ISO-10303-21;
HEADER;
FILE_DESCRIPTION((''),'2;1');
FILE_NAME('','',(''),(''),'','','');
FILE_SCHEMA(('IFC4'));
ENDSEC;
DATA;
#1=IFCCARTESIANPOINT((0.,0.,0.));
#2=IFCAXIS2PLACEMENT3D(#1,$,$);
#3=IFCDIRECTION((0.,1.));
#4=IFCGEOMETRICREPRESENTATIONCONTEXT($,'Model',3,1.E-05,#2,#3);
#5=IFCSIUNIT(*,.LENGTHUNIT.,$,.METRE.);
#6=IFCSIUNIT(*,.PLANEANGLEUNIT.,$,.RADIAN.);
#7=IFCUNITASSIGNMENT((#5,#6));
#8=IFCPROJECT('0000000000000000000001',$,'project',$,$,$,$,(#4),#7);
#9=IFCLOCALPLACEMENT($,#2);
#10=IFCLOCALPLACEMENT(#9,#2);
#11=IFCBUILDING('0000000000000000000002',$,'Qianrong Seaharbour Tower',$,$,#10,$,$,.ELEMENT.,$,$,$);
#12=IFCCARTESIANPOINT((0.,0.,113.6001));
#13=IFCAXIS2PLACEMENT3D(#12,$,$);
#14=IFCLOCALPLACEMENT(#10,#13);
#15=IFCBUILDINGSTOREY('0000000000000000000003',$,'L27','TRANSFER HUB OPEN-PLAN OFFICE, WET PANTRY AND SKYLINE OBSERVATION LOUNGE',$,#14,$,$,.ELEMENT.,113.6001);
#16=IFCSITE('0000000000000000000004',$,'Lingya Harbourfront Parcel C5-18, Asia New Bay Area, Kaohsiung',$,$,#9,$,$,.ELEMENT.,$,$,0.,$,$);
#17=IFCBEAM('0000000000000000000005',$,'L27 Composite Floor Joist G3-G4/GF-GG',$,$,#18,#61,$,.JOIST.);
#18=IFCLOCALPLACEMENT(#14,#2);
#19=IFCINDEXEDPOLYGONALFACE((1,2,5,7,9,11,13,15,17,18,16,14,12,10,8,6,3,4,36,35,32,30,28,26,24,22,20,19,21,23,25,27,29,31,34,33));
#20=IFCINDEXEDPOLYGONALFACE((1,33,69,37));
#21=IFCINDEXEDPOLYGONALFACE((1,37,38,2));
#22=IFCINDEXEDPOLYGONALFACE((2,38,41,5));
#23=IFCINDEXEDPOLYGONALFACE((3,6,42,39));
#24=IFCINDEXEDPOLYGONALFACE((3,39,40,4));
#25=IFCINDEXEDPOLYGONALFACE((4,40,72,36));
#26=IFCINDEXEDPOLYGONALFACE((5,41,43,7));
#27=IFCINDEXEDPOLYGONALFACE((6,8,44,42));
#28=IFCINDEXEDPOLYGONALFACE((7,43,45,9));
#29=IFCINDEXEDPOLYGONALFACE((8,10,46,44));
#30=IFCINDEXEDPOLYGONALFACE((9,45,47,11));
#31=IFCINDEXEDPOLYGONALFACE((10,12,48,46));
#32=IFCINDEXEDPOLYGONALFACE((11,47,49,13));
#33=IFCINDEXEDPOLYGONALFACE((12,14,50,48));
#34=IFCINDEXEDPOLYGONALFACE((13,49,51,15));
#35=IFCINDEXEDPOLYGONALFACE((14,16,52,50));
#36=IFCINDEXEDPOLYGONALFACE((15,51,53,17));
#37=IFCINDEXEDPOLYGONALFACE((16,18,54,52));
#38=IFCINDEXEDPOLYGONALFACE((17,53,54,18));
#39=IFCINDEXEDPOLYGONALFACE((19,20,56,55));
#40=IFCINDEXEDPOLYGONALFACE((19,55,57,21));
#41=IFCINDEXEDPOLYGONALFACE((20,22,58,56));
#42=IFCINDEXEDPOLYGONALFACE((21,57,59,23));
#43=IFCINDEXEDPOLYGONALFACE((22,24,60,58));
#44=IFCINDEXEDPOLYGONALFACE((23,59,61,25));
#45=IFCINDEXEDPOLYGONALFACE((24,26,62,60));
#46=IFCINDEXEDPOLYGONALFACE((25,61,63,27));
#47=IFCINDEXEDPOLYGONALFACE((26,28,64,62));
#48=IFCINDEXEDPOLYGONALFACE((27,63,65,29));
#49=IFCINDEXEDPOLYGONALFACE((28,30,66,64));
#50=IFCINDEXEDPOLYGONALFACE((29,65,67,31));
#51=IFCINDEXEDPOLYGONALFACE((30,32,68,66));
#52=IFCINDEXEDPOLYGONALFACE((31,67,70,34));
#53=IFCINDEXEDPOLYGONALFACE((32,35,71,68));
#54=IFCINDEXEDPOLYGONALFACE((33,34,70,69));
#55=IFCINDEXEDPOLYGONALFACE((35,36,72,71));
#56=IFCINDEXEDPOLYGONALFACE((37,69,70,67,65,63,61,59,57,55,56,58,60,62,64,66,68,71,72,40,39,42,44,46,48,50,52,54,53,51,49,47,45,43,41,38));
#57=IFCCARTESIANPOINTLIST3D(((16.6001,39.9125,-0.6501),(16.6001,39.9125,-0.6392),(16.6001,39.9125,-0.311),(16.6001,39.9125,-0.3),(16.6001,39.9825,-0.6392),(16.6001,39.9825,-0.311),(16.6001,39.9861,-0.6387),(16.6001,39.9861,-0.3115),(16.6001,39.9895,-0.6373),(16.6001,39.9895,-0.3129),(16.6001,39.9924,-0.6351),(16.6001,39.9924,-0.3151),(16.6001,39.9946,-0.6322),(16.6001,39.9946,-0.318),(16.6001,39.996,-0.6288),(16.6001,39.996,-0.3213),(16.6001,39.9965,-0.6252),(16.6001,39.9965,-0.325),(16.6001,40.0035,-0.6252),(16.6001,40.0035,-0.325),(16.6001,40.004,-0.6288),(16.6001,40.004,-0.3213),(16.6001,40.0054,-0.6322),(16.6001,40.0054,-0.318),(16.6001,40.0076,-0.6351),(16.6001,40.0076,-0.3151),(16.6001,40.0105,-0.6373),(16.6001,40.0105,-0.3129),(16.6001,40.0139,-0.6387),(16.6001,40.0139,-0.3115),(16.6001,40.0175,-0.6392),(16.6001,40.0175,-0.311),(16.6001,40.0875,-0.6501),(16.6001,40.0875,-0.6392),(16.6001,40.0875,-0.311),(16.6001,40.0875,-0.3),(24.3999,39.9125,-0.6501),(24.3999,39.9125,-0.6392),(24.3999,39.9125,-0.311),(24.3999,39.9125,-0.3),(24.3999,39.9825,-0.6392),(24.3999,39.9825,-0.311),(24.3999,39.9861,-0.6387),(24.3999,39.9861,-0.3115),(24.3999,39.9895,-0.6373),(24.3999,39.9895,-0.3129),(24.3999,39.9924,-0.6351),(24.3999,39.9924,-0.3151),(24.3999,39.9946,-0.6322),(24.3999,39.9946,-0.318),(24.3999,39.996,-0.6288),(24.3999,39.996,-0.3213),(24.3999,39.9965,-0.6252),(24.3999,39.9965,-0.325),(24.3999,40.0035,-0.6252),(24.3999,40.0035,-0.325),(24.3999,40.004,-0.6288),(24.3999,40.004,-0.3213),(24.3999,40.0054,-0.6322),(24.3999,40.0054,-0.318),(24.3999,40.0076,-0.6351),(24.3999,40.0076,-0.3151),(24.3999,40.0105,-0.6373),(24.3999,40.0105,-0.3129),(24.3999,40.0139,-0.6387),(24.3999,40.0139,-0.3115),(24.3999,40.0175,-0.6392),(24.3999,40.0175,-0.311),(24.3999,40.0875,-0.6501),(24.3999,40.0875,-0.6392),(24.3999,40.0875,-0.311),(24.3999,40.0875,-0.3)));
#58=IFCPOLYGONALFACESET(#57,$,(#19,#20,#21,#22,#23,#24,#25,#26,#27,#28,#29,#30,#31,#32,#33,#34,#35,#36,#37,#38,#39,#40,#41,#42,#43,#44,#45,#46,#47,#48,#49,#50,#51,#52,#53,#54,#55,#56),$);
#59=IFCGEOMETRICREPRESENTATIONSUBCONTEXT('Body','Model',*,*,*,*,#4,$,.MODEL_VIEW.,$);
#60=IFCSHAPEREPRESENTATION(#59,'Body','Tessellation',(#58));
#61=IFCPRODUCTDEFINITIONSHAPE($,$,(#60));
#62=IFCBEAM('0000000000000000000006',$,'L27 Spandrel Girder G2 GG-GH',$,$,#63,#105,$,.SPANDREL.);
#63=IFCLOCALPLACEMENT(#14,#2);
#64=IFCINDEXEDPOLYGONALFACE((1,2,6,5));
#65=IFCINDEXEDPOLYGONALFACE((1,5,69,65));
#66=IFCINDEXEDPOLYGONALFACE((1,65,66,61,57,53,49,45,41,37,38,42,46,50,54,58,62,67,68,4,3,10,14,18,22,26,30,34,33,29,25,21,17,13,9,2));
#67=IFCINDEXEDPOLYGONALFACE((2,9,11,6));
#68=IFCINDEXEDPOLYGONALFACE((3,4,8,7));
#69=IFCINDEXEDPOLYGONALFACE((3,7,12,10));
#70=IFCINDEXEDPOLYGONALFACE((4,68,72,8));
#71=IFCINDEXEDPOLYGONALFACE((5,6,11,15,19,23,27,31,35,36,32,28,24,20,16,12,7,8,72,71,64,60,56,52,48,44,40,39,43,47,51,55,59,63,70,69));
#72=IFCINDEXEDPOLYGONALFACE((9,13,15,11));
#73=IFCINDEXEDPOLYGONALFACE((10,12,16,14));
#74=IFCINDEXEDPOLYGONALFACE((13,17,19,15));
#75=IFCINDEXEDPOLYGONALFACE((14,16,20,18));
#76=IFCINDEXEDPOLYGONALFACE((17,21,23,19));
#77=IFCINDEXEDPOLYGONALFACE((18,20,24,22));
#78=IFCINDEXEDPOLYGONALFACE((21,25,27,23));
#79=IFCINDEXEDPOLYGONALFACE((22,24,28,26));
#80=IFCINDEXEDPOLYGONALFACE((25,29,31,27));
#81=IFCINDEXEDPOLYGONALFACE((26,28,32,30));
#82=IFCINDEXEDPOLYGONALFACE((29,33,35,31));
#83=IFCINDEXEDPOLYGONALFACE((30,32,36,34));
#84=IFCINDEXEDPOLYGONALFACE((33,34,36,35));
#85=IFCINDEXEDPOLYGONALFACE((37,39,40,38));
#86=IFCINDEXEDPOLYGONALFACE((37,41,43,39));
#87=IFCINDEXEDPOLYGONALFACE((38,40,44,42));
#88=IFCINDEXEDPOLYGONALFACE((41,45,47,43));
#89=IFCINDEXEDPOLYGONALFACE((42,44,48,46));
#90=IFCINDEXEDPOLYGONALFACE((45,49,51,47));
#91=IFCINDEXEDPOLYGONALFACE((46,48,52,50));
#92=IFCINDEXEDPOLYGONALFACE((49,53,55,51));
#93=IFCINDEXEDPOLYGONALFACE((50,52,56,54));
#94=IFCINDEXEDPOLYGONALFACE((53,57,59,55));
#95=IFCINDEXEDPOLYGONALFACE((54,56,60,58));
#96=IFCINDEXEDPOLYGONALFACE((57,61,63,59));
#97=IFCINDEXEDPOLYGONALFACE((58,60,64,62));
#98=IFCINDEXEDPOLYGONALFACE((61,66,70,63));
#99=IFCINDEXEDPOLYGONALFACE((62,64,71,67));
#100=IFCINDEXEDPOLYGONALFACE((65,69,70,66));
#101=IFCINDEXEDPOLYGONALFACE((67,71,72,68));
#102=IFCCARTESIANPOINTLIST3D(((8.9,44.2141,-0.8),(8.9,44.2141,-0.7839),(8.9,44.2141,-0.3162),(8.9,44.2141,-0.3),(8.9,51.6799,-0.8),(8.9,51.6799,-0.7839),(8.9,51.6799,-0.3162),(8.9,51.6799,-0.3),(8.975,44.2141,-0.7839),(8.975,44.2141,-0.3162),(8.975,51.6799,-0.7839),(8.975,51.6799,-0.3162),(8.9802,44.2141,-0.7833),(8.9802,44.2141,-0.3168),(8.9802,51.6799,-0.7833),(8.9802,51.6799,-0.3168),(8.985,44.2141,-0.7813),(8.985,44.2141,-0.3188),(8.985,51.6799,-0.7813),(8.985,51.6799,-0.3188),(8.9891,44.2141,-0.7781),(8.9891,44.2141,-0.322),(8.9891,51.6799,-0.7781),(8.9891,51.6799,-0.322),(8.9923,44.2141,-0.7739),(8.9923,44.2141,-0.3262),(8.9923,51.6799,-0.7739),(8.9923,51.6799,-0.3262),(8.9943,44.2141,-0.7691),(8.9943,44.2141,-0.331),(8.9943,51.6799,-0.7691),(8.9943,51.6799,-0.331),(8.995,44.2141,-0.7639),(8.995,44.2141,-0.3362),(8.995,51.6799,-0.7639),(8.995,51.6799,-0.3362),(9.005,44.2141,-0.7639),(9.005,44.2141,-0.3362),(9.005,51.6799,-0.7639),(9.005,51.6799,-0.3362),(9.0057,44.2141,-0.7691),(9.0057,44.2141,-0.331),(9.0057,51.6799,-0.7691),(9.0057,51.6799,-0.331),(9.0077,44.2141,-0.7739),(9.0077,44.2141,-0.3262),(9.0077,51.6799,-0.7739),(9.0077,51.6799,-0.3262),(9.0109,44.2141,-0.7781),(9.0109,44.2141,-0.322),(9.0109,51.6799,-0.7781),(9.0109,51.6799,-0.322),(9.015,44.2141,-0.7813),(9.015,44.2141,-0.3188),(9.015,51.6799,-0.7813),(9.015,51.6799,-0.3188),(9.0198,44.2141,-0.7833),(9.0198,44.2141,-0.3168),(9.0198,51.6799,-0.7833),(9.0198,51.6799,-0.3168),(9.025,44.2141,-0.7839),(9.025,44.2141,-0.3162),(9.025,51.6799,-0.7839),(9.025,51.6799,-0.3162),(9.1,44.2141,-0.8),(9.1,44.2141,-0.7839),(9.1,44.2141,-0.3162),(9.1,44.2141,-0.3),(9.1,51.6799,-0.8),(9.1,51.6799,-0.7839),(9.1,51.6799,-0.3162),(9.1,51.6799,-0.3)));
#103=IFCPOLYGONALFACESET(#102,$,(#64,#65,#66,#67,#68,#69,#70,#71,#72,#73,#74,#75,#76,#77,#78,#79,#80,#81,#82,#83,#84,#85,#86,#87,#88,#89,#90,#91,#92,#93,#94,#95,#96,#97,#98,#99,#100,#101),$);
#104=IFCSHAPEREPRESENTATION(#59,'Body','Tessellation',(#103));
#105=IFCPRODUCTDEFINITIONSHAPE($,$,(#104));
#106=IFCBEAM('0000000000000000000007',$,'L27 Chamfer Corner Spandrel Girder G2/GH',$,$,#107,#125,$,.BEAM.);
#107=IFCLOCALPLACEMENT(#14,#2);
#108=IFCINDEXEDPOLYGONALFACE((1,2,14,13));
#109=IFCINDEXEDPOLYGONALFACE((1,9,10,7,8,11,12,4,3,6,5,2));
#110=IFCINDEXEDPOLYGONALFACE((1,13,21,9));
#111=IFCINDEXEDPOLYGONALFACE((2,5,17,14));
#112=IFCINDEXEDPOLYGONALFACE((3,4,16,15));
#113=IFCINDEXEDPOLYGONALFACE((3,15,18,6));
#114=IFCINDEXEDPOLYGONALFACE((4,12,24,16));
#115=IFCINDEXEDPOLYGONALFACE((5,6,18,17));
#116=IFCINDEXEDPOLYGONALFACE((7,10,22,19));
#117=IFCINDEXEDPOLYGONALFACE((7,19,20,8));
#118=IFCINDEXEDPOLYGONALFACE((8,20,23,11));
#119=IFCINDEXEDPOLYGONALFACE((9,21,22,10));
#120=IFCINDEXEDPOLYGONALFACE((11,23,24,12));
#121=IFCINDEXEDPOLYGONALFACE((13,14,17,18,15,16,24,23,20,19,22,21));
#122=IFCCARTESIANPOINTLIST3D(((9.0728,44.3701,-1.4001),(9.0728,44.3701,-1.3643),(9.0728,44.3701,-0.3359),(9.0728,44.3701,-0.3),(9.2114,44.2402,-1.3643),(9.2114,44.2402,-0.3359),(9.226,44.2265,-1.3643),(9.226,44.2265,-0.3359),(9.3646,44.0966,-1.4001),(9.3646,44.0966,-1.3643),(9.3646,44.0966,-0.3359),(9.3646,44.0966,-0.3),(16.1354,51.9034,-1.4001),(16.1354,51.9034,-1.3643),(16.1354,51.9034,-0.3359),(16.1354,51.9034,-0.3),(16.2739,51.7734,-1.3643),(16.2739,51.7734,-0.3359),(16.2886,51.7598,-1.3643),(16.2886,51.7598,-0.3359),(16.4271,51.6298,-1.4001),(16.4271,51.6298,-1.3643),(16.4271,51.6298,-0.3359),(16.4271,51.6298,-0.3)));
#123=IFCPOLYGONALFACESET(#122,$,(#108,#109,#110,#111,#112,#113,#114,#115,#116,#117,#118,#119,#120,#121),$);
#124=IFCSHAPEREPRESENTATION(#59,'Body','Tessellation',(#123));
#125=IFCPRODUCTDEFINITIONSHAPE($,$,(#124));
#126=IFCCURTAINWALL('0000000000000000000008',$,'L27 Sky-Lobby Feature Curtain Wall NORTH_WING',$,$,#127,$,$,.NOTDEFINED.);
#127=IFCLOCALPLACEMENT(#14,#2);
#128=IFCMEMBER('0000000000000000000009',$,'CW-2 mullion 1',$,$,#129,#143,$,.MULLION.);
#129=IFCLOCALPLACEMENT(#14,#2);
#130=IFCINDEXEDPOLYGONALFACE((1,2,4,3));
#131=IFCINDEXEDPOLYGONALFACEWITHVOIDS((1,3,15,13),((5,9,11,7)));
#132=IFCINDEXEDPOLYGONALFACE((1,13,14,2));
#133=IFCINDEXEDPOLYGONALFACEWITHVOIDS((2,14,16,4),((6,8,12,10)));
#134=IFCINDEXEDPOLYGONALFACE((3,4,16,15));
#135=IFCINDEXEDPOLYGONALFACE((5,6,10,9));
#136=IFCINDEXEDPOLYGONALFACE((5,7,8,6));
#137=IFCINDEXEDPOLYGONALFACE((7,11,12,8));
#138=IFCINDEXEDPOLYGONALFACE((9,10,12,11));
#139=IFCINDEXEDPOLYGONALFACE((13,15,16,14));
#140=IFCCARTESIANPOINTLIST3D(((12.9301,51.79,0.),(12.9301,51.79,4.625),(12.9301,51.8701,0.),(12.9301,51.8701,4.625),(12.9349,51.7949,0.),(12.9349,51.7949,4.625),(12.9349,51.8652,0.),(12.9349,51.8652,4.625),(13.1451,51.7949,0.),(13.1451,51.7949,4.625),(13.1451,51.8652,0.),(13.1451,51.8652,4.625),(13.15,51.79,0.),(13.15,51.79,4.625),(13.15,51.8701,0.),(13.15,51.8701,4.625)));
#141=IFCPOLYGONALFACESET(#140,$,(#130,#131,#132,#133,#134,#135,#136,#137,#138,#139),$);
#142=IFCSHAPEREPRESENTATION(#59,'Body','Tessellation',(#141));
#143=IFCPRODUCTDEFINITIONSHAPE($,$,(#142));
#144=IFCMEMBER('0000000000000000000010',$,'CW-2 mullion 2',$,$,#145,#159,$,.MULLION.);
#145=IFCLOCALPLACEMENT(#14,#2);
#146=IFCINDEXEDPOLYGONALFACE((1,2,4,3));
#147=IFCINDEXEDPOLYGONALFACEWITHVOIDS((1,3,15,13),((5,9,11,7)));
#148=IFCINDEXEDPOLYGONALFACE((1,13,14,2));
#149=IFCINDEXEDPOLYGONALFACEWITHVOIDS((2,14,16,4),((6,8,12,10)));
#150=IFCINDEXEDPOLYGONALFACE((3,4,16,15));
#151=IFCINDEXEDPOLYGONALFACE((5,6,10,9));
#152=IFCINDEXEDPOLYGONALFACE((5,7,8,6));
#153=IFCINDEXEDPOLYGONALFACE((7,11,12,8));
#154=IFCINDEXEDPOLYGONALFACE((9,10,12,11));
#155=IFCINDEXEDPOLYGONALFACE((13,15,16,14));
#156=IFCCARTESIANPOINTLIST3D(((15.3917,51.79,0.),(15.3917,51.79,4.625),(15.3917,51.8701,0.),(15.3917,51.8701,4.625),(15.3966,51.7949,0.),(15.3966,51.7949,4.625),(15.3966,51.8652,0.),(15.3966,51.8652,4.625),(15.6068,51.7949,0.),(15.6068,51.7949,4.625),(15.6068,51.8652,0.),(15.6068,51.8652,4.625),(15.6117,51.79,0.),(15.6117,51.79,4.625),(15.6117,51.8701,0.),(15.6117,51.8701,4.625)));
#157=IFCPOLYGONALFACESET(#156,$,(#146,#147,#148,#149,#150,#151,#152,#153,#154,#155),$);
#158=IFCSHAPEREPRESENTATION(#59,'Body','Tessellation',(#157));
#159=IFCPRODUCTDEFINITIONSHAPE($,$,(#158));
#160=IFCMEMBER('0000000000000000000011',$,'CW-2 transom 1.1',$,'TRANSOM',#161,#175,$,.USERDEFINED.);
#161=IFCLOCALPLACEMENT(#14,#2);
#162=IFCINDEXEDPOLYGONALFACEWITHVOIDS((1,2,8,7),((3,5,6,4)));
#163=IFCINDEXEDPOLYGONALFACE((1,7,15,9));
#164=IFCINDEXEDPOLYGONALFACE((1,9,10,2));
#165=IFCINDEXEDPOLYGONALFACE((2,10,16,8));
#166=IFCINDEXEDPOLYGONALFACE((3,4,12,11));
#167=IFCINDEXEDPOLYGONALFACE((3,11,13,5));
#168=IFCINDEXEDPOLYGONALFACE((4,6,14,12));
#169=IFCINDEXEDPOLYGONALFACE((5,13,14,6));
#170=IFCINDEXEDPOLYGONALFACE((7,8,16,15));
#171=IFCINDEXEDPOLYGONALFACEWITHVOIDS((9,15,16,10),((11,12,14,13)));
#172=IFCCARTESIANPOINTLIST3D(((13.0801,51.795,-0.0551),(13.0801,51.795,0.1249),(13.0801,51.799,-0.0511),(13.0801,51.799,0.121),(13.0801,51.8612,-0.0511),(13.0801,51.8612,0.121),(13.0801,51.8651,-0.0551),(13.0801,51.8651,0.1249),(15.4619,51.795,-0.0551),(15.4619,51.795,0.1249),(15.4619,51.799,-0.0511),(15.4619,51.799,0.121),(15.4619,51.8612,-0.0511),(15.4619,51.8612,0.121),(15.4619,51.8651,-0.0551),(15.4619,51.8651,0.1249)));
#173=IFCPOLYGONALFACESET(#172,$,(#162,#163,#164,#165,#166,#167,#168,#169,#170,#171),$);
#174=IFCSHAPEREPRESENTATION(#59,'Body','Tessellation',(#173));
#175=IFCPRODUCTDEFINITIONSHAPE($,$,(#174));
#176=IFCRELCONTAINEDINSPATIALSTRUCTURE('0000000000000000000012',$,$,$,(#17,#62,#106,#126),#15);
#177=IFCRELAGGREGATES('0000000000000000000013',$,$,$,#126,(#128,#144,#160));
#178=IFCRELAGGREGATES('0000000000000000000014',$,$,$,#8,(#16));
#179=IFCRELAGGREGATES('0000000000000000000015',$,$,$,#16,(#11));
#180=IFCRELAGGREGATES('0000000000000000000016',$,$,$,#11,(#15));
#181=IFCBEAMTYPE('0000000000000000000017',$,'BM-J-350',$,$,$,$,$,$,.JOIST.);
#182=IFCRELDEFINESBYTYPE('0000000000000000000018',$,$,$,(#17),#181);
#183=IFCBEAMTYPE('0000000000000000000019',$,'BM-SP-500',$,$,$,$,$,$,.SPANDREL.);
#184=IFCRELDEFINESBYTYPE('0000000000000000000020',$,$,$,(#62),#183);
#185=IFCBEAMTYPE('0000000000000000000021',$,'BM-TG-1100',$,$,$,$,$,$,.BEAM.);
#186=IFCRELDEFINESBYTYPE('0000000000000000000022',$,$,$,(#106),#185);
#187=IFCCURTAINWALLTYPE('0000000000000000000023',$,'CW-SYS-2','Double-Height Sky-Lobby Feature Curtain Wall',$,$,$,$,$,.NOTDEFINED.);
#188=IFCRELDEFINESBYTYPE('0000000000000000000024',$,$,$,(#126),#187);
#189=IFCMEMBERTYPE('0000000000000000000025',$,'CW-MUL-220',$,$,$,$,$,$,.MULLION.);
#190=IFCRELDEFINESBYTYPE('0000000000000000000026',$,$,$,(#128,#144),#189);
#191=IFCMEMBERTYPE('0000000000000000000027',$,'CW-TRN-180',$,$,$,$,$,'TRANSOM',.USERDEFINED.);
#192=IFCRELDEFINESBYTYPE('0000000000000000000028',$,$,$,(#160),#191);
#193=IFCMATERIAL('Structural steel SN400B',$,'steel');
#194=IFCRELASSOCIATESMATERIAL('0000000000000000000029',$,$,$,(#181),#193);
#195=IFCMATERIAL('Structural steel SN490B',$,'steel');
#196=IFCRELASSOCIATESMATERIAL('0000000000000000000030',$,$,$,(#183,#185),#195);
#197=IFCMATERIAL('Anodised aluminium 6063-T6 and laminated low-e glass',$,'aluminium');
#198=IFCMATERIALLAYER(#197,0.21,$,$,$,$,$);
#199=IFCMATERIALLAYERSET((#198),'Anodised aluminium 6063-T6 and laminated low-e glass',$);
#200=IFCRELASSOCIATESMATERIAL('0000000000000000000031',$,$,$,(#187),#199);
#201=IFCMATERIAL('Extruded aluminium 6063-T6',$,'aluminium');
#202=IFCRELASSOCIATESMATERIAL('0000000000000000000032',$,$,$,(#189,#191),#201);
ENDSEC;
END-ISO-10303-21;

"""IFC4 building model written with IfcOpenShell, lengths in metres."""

from ifc_helpers import new_model, si_unit, direction, frame, origin, origin_2d, place, context, subcontext, project, spatial, hollow_rectangle, i_section, extrude, material, layer, layer_set, material_profile, profile_set, type_object, element, aggregate, save


model = new_model("IFC4")

# Units and contexts
model_context = context("Model", 3, precision=1e-05, world=origin(), true_north=direction((0.0, 1.0)))
body_context = subcontext(model_context, "Body", "Model", "MODEL_VIEW")
ifc_project = project(units=[si_unit("LENGTHUNIT", "METRE"), si_unit("PLANEANGLEUNIT", "RADIAN")], contexts=[model_context])

# Site, building, storey
site_placement = place(None, origin())
site = spatial("IfcSite", under=ifc_project, at=site_placement, Name="Lingya Harbourfront Parcel C5-18, Asia New Bay Area, Kaohsiung", CompositionType="ELEMENT", RefElevation=0.0)
building_placement = place(site_placement, origin())
building = spatial("IfcBuilding", under=site, at=building_placement, Name="Qianrong Seaharbour Tower", CompositionType="ELEMENT")
storey_placement = place(building_placement, frame((0.0, 0.0, 113.6001)))
storey = spatial("IfcBuildingStorey", under=building, at=storey_placement, Name="L27", Description="TRANSFER HUB OPEN-PLAN OFFICE, WET PANTRY AND SKYLINE OBSERVATION LOUNGE", CompositionType="ELEMENT", Elevation=113.6001)

# Shared definitions
ifc_material_1 = material(Name="Structural steel SN490B", Category="steel")

# Beams
ifc_material_2 = material(Name="Structural steel SN400B", Category="steel")
ifc_material_profile_1 = material_profile(ifc_material_2, i_section(OverallWidth=0.175, OverallDepth=0.3501, WebThickness=0.0071, FlangeThickness=0.011, FilletRadius=0.0139, at=origin_2d()), Name="H350x175x7x11")
ifc_profile_set_1 = profile_set([ifc_material_profile_1], Name="Structural steel SN400B")
beam_type_1 = type_object("IfcBeamType", Name="BM-J-350", PredefinedType="JOIST", material=ifc_profile_set_1)
beam_1_placement = place(storey_placement, frame((16.6001, 40.0, -0.4751), z_axis=(1.0, 0.0, 0.0), x_axis=(0.0, 1.0, 0.0)))
element("IfcBeam", 1, at=beam_1_placement, inside=storey, type_object=beam_type_1, Name="L27 Composite Floor Joist G3-G4/GF-GG", PredefinedType="JOIST", context=body_context, shape_type="SweptSolid", body=[
    extrude(i_section(OverallWidth=0.175, OverallDepth=0.3501, WebThickness=0.0071, FlangeThickness=0.011, FilletRadius=0.0139, at=origin_2d()), origin(), (0.0, 0.0, 1.0), 7.7998),
])
ifc_material_profile_2 = material_profile(ifc_material_1, i_section(OverallWidth=0.2, OverallDepth=0.5, WebThickness=0.01, FlangeThickness=0.0161, FilletRadius=0.02, at=origin_2d()), Name="H500x200x10x16")
ifc_profile_set_2 = profile_set([ifc_material_profile_2], Name="Structural steel SN490B")
beam_type_2 = type_object("IfcBeamType", Name="BM-SP-500", PredefinedType="SPANDREL", material=ifc_profile_set_2)
beam_2_placement = place(storey_placement, frame((9.0, 44.2141, -0.55), z_axis=(0.0, 1.0, 0.0), x_axis=(-1.0, 0.0, 0.0)))
element("IfcBeam", 2, at=beam_2_placement, inside=storey, type_object=beam_type_2, Name="L27 Spandrel Girder G2 GG-GH", PredefinedType="SPANDREL", context=body_context, shape_type="SweptSolid", body=[
    extrude(i_section(OverallWidth=0.2, OverallDepth=0.5, WebThickness=0.01, FlangeThickness=0.0161, FilletRadius=0.02, at=origin_2d()), origin(), (0.0, 0.0, 1.0), 7.4658),
])
ifc_material_profile_3 = material_profile(ifc_material_1, i_section(OverallWidth=0.3999, OverallDepth=1.1001, WebThickness=0.02, FlangeThickness=0.0359, at=origin_2d()), Name="BH1100x400x20x36")
ifc_profile_set_3 = profile_set([ifc_material_profile_3], Name="Structural steel SN490B")
beam_type_3 = type_object("IfcBeamType", Name="BM-TG-1100", PredefinedType="BEAM", material=ifc_profile_set_3)
beam_3_placement = place(storey_placement, frame((16.2812, 51.7666, -0.8501), z_axis=(-0.683947, -0.729531, 0.0), x_axis=(0.729531, -0.683947, 0.0)))
element("IfcBeam", 3, at=beam_3_placement, inside=storey, type_object=beam_type_3, Name="L27 Chamfer Corner Spandrel Girder G2/GH", PredefinedType="BEAM", context=body_context, shape_type="SweptSolid", body=[
    extrude(i_section(OverallWidth=0.3999, OverallDepth=1.1001, WebThickness=0.02, FlangeThickness=0.0359, at=origin_2d()), origin(), (0.0, 0.0, 1.0), 10.3262),
])

# Curtain wall, members
ifc_material_3 = material(Name="Anodised aluminium 6063-T6 and laminated low-e glass", Category="aluminium")
ifc_layer_1 = layer(ifc_material_3, 0.21)
ifc_layer_set_1 = layer_set([ifc_layer_1], Name="Anodised aluminium 6063-T6 and laminated low-e glass")
curtain_wall_type = type_object("IfcCurtainWallType", Name="CW-SYS-2", Description="Double-Height Sky-Lobby Feature Curtain Wall", PredefinedType="NOTDEFINED", material=ifc_layer_set_1)
curtain_wall_placement = place(storey_placement, origin())
curtain_wall = element("IfcCurtainWall", 4, at=curtain_wall_placement, inside=storey, type_object=curtain_wall_type, Name="L27 Sky-Lobby Feature Curtain Wall NORTH_WING", PredefinedType="NOTDEFINED")
ifc_material_4 = material(Name="Extruded aluminium 6063-T6", Category="aluminium")
ifc_material_profile_4 = material_profile(ifc_material_4, hollow_rectangle(XDim=0.0801, YDim=0.22, WallThickness=0.0049, at=origin_2d()), Name="ALU-MUL-220x80x5")
ifc_profile_set_4 = profile_set([ifc_material_profile_4], Name="Extruded aluminium 6063-T6")
member_type_1 = type_object("IfcMemberType", Name="CW-MUL-220", PredefinedType="MULLION", material=ifc_profile_set_4)
member_1_placement = place(storey_placement, frame((13.04, 51.8301, 0.0), z_axis=(0.0, 0.0, 1.0), x_axis=(0.0, 1.0, 0.0)))
member_1 = element("IfcMember", 5, at=member_1_placement, type_object=member_type_1, Name="CW-2 mullion 1", PredefinedType="MULLION", context=body_context, shape_type="SweptSolid", body=[
    extrude(hollow_rectangle(XDim=0.0801, YDim=0.22, WallThickness=0.0049, at=origin_2d()), origin(), (0.0, 0.0, 1.0), 4.625),
])
member_2_placement = place(storey_placement, frame((15.5017, 51.8301, 0.0), z_axis=(0.0, 0.0, 1.0), x_axis=(0.0, 1.0, 0.0)))
member_2 = element("IfcMember", 6, at=member_2_placement, type_object=member_type_1, Name="CW-2 mullion 2", PredefinedType="MULLION", context=body_context, shape_type="SweptSolid", body=[
    extrude(hollow_rectangle(XDim=0.0801, YDim=0.22, WallThickness=0.0049, at=origin_2d()), origin(), (0.0, 0.0, 1.0), 4.625),
])
ifc_material_profile_5 = material_profile(ifc_material_4, hollow_rectangle(XDim=0.0701, YDim=0.1799, WallThickness=0.0039, at=origin_2d()), Name="ALU-TRN-180x70x4")
ifc_profile_set_5 = profile_set([ifc_material_profile_5], Name="Extruded aluminium 6063-T6")
member_type_2 = type_object("IfcMemberType", Name="CW-TRN-180", ElementType="TRANSOM", PredefinedType="USERDEFINED", material=ifc_profile_set_5)
member_3_placement = place(storey_placement, frame((13.0801, 51.8301, 0.0349), z_axis=(1.0, 0.0, 0.0), x_axis=(0.0, 1.0, 0.0)))
member_3 = element("IfcMember", 7, at=member_3_placement, type_object=member_type_2, Name="CW-2 transom 1.1", ObjectType="TRANSOM", PredefinedType="USERDEFINED", context=body_context, shape_type="SweptSolid", body=[
    extrude(hollow_rectangle(XDim=0.0701, YDim=0.1799, WallThickness=0.0039, at=origin_2d()), origin(), (0.0, 0.0, 1.0), 2.3818),
])
aggregate(curtain_wall, [member_1, member_2, member_3])

save(model, "model.ifc")
